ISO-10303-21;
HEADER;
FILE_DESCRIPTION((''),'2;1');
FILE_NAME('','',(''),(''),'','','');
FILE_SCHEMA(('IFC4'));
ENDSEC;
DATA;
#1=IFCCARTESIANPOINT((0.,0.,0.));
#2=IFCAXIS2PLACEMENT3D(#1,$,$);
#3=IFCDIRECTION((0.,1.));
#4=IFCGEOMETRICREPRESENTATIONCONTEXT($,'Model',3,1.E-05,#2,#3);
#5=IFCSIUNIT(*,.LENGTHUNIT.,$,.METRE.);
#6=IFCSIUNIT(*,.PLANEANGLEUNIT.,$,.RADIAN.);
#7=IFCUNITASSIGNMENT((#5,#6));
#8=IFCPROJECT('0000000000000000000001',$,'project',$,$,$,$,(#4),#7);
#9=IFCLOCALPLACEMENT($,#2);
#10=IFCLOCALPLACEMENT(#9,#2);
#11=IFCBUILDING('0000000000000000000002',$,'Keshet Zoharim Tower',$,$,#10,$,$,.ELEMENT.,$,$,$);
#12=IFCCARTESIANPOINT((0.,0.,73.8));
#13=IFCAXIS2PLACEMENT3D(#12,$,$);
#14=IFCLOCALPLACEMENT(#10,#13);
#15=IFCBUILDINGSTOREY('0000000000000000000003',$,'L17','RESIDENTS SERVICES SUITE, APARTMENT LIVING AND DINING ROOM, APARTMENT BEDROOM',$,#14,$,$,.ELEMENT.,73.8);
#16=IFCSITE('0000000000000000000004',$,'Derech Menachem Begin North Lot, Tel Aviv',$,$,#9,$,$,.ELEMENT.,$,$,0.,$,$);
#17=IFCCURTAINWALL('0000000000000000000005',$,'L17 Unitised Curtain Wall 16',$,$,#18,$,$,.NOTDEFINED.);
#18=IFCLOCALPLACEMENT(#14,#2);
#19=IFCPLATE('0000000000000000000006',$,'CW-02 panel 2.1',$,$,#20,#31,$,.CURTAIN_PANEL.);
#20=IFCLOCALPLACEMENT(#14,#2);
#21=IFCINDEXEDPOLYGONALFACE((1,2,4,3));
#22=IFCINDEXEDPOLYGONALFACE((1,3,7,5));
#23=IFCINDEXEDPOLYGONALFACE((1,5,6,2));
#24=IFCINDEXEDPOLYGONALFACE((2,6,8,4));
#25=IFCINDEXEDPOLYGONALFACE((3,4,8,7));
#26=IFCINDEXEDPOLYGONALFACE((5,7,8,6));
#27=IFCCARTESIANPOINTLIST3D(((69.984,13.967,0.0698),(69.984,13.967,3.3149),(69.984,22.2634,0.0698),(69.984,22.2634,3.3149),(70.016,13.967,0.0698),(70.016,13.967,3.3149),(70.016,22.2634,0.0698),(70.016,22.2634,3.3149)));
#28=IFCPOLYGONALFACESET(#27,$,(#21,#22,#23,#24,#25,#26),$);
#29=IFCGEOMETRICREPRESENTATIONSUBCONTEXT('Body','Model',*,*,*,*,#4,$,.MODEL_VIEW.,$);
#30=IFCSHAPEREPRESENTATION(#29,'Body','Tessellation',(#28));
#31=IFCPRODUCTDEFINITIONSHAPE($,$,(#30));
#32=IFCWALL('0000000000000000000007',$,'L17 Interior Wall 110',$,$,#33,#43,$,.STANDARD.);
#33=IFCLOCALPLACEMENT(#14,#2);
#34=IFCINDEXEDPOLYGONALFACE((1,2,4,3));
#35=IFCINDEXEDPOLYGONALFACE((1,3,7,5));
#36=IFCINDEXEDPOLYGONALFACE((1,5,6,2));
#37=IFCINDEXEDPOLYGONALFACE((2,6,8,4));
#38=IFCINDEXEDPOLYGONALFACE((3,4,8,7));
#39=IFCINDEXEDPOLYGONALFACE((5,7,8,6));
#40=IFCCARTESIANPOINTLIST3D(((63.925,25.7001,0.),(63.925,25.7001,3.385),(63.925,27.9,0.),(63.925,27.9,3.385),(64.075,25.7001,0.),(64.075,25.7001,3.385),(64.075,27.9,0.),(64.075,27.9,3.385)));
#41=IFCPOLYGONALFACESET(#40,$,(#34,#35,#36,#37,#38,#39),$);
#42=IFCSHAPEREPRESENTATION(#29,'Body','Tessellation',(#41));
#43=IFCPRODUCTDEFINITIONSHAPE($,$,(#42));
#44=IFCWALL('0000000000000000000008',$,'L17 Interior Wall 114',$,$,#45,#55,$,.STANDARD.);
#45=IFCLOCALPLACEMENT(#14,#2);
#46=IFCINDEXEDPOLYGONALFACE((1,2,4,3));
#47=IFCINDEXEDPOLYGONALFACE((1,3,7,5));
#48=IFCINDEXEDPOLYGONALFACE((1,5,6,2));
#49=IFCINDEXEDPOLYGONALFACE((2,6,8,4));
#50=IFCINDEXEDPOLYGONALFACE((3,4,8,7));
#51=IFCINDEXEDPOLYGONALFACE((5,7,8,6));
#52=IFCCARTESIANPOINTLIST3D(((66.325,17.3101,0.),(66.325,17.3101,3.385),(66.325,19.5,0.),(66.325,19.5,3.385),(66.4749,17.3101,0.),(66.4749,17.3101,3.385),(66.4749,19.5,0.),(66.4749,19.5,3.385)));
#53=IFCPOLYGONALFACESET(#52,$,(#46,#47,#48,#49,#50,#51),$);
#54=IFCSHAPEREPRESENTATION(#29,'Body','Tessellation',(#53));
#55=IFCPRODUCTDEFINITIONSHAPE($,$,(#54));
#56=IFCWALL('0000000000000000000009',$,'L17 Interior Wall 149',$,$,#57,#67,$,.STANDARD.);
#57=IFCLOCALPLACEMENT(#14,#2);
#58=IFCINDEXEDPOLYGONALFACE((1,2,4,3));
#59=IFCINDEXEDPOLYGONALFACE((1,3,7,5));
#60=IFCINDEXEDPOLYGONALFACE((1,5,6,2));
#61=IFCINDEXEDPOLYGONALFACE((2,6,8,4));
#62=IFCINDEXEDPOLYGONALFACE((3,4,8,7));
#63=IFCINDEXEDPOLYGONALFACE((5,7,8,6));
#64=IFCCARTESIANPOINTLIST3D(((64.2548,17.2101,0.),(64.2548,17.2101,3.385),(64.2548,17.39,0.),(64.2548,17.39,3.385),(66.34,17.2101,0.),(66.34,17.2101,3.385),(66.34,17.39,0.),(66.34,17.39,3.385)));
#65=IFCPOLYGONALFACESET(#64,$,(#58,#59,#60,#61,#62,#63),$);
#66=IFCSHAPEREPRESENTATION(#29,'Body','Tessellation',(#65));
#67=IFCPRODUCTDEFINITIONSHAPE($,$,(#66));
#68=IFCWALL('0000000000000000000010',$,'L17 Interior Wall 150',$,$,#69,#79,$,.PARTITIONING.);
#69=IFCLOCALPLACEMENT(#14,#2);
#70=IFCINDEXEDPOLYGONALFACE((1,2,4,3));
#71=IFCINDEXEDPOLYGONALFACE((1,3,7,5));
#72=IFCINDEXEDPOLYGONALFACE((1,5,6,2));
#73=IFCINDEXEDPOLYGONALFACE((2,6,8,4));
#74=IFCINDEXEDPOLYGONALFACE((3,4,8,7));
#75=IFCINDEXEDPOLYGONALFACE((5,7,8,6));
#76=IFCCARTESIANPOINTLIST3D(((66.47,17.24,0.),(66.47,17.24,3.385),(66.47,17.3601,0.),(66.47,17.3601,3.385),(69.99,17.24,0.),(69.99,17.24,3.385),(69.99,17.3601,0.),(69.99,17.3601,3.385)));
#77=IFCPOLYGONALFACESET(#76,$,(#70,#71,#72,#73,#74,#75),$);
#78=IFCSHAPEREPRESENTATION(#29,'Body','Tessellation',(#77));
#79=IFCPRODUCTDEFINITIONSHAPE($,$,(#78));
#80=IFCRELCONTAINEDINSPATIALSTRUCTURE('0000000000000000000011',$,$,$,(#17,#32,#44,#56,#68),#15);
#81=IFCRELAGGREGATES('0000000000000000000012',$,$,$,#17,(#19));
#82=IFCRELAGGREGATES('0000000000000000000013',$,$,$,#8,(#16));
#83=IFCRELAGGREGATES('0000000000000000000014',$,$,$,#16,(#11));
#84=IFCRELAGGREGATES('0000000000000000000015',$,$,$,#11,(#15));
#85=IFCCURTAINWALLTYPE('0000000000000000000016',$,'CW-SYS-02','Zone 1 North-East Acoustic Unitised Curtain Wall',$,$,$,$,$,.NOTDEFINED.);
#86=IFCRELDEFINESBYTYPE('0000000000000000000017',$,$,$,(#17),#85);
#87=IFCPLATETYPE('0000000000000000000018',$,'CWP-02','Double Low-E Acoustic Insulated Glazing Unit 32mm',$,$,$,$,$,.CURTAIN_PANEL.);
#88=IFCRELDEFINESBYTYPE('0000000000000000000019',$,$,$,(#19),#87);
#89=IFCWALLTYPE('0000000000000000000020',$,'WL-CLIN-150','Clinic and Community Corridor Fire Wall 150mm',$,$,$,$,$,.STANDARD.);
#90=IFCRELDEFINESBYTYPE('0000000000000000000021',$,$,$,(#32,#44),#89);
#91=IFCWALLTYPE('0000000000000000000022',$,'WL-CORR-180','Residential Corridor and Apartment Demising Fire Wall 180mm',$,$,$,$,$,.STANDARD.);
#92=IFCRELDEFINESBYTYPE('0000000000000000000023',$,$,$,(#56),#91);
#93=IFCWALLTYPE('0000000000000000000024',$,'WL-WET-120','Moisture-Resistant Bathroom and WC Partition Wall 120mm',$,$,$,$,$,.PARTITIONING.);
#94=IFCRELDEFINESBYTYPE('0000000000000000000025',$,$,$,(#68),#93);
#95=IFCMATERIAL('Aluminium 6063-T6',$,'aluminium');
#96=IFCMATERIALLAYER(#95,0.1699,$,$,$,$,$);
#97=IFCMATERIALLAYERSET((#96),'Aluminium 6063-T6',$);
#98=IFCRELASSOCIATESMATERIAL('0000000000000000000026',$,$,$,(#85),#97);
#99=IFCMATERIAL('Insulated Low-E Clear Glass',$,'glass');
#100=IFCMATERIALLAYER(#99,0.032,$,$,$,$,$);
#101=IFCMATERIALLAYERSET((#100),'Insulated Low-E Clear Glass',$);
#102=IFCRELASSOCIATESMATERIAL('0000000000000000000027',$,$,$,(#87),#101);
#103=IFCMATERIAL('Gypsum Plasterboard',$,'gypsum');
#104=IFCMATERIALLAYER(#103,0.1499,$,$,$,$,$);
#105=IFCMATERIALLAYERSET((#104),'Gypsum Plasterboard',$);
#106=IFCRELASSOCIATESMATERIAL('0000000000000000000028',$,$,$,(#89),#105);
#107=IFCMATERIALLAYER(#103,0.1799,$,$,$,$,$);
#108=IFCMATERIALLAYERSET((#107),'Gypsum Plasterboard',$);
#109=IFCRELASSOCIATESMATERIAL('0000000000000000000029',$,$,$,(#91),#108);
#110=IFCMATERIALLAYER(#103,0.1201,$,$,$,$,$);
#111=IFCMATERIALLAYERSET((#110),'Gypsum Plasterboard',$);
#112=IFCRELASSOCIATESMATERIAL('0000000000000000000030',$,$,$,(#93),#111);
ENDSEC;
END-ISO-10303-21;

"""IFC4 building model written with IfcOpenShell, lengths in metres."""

from ifc_helpers import new_model, si_unit, direction, frame, frame_2d, origin, origin_2d, place, context, subcontext, project, spatial, rectangle, extrude, material, layer, layer_set, type_object, element, aggregate, save


model = new_model("IFC4")

# Units and contexts
model_context = context("Model", 3, precision=1e-05, world=origin(), true_north=direction((0.0, 1.0)))
body_context = subcontext(model_context, "Body", "Model", "MODEL_VIEW")
ifc_project = project(units=[si_unit("LENGTHUNIT", "METRE"), si_unit("PLANEANGLEUNIT", "RADIAN")], contexts=[model_context])

# Site, building, storey
site_placement = place(None, origin())
site = spatial("IfcSite", under=ifc_project, at=site_placement, Name="Derech Menachem Begin North Lot, Tel Aviv", CompositionType="ELEMENT", RefElevation=0.0)
building_placement = place(site_placement, origin())
building = spatial("IfcBuilding", under=site, at=building_placement, Name="Keshet Zoharim Tower", CompositionType="ELEMENT")
storey_placement = place(building_placement, frame((0.0, 0.0, 73.8)))
storey = spatial("IfcBuildingStorey", under=building, at=storey_placement, Name="L17", Description="RESIDENTS SERVICES SUITE, APARTMENT LIVING AND DINING ROOM, APARTMENT BEDROOM", CompositionType="ELEMENT", Elevation=73.8)

# Shared definitions
ifc_material_1 = material(Name="Aluminium 6063-T6", Category="aluminium")
ifc_layer_1 = layer(ifc_material_1, 0.1699)
ifc_layer_set_1 = layer_set([ifc_layer_1], Name="Aluminium 6063-T6")
curtain_wall_type = type_object("IfcCurtainWallType", Name="CW-SYS-02", Description="Zone 1 North-East Acoustic Unitised Curtain Wall", PredefinedType="NOTDEFINED", material=ifc_layer_set_1)

# Curtain wall, plate
curtain_wall_1_placement = place(storey_placement, origin())
curtain_wall_1 = element("IfcCurtainWall", 1, at=curtain_wall_1_placement, inside=storey, type_object=curtain_wall_type, Name="L17 Unitised Curtain Wall 16", PredefinedType="NOTDEFINED")
ifc_material_2 = material(Name="Insulated Low-E Clear Glass", Category="glass")
ifc_layer_2 = layer(ifc_material_2, 0.032)
ifc_layer_set_2 = layer_set([ifc_layer_2], Name="Insulated Low-E Clear Glass")
plate_type = type_object("IfcPlateType", Name="CWP-02", Description="Double Low-E Acoustic Insulated Glazing Unit 32mm", PredefinedType="CURTAIN_PANEL", material=ifc_layer_set_2)
plate_1_placement = place(storey_placement, frame((70.0, 18.1152, 0.0698), z_axis=(0.0, 0.0, 1.0), x_axis=(0.0, -1.0, 0.0)))
plate_1 = element("IfcPlate", 2, at=plate_1_placement, type_object=plate_type, Name="CW-02 panel 2.1", PredefinedType="CURTAIN_PANEL", context=body_context, shape_type="SweptSolid", body=[
    extrude(rectangle(XDim=8.2964, YDim=0.032, at=origin_2d()), origin(), (0.0, 0.0, 1.0), 3.2451),
])
aggregate(curtain_wall_1, [plate_1])

# Walls
ifc_material_3 = material(Name="Gypsum Plasterboard", Category="gypsum")
ifc_layer_3 = layer(ifc_material_3, 0.1499)
ifc_layer_set_3 = layer_set([ifc_layer_3], Name="Gypsum Plasterboard")
wall_type_1 = type_object("IfcWallType", Name="WL-CLIN-150", Description="Clinic and Community Corridor Fire Wall 150mm", PredefinedType="STANDARD", material=ifc_layer_set_3)
wall_1_placement = place(storey_placement, frame((64.0, 25.7, 0.0), z_axis=(0.0, 0.0, 1.0), x_axis=(0.0, 1.0, 0.0)))
element("IfcWall", 3, at=wall_1_placement, inside=storey, type_object=wall_type_1, Name="L17 Interior Wall 110", PredefinedType="STANDARD", context=body_context, shape_type="SweptSolid", body=[
    extrude(rectangle(XDim=2.2, YDim=0.1499, at=frame_2d((1.1001, 0.0))), origin(), (0.0, 0.0, 1.0), 3.385),
])
wall_2_placement = place(storey_placement, frame((66.3999, 17.3101, 0.0), z_axis=(0.0, 0.0, 1.0), x_axis=(0.0, 1.0, 0.0)))
element("IfcWall", 4, at=wall_2_placement, inside=storey, type_object=wall_type_1, Name="L17 Interior Wall 114", PredefinedType="STANDARD", context=body_context, shape_type="SweptSolid", body=[
    extrude(rectangle(XDim=2.1899, YDim=0.1499, at=frame_2d((1.095, 0.0))), origin(), (0.0, 0.0, 1.0), 3.385),
])

# Shared definitions
ifc_layer_4 = layer(ifc_material_3, 0.1799)
ifc_layer_set_4 = layer_set([ifc_layer_4], Name="Gypsum Plasterboard")
wall_type_2 = type_object("IfcWallType", Name="WL-CORR-180", Description="Residential Corridor and Apartment Demising Fire Wall 180mm", PredefinedType="STANDARD", material=ifc_layer_set_4)

# Walls
wall_3_placement = place(storey_placement, frame((64.2549, 17.3, 0.0), z_axis=(0.0, 0.0, 1.0), x_axis=(1.0, 0.0, 0.0)))
element("IfcWall", 5, at=wall_3_placement, inside=storey, type_object=wall_type_2, Name="L17 Interior Wall 149", PredefinedType="STANDARD", context=body_context, shape_type="SweptSolid", body=[
    extrude(rectangle(XDim=2.0852, YDim=0.1799, at=frame_2d((1.0425, 0.0))), origin(), (0.0, 0.0, 1.0), 3.385),
])
ifc_layer_5 = layer(ifc_material_3, 0.1201)
ifc_layer_set_5 = layer_set([ifc_layer_5], Name="Gypsum Plasterboard")
wall_type_3 = type_object("IfcWallType", Name="WL-WET-120", Description="Moisture-Resistant Bathroom and WC Partition Wall 120mm", PredefinedType="PARTITIONING", material=ifc_layer_set_5)
wall_4_placement = place(storey_placement, frame((66.47, 17.3, 0.0), z_axis=(0.0, 0.0, 1.0), x_axis=(1.0, 0.0, 0.0)))
element("IfcWall", 6, at=wall_4_placement, inside=storey, type_object=wall_type_3, Name="L17 Interior Wall 150", PredefinedType="PARTITIONING", context=body_context, shape_type="SweptSolid", body=[
    extrude(rectangle(XDim=3.52, YDim=0.1201, at=frame_2d((1.76, 0.0))), origin(), (0.0, 0.0, 1.0), 3.385),
])

save(model, "model.ifc")
